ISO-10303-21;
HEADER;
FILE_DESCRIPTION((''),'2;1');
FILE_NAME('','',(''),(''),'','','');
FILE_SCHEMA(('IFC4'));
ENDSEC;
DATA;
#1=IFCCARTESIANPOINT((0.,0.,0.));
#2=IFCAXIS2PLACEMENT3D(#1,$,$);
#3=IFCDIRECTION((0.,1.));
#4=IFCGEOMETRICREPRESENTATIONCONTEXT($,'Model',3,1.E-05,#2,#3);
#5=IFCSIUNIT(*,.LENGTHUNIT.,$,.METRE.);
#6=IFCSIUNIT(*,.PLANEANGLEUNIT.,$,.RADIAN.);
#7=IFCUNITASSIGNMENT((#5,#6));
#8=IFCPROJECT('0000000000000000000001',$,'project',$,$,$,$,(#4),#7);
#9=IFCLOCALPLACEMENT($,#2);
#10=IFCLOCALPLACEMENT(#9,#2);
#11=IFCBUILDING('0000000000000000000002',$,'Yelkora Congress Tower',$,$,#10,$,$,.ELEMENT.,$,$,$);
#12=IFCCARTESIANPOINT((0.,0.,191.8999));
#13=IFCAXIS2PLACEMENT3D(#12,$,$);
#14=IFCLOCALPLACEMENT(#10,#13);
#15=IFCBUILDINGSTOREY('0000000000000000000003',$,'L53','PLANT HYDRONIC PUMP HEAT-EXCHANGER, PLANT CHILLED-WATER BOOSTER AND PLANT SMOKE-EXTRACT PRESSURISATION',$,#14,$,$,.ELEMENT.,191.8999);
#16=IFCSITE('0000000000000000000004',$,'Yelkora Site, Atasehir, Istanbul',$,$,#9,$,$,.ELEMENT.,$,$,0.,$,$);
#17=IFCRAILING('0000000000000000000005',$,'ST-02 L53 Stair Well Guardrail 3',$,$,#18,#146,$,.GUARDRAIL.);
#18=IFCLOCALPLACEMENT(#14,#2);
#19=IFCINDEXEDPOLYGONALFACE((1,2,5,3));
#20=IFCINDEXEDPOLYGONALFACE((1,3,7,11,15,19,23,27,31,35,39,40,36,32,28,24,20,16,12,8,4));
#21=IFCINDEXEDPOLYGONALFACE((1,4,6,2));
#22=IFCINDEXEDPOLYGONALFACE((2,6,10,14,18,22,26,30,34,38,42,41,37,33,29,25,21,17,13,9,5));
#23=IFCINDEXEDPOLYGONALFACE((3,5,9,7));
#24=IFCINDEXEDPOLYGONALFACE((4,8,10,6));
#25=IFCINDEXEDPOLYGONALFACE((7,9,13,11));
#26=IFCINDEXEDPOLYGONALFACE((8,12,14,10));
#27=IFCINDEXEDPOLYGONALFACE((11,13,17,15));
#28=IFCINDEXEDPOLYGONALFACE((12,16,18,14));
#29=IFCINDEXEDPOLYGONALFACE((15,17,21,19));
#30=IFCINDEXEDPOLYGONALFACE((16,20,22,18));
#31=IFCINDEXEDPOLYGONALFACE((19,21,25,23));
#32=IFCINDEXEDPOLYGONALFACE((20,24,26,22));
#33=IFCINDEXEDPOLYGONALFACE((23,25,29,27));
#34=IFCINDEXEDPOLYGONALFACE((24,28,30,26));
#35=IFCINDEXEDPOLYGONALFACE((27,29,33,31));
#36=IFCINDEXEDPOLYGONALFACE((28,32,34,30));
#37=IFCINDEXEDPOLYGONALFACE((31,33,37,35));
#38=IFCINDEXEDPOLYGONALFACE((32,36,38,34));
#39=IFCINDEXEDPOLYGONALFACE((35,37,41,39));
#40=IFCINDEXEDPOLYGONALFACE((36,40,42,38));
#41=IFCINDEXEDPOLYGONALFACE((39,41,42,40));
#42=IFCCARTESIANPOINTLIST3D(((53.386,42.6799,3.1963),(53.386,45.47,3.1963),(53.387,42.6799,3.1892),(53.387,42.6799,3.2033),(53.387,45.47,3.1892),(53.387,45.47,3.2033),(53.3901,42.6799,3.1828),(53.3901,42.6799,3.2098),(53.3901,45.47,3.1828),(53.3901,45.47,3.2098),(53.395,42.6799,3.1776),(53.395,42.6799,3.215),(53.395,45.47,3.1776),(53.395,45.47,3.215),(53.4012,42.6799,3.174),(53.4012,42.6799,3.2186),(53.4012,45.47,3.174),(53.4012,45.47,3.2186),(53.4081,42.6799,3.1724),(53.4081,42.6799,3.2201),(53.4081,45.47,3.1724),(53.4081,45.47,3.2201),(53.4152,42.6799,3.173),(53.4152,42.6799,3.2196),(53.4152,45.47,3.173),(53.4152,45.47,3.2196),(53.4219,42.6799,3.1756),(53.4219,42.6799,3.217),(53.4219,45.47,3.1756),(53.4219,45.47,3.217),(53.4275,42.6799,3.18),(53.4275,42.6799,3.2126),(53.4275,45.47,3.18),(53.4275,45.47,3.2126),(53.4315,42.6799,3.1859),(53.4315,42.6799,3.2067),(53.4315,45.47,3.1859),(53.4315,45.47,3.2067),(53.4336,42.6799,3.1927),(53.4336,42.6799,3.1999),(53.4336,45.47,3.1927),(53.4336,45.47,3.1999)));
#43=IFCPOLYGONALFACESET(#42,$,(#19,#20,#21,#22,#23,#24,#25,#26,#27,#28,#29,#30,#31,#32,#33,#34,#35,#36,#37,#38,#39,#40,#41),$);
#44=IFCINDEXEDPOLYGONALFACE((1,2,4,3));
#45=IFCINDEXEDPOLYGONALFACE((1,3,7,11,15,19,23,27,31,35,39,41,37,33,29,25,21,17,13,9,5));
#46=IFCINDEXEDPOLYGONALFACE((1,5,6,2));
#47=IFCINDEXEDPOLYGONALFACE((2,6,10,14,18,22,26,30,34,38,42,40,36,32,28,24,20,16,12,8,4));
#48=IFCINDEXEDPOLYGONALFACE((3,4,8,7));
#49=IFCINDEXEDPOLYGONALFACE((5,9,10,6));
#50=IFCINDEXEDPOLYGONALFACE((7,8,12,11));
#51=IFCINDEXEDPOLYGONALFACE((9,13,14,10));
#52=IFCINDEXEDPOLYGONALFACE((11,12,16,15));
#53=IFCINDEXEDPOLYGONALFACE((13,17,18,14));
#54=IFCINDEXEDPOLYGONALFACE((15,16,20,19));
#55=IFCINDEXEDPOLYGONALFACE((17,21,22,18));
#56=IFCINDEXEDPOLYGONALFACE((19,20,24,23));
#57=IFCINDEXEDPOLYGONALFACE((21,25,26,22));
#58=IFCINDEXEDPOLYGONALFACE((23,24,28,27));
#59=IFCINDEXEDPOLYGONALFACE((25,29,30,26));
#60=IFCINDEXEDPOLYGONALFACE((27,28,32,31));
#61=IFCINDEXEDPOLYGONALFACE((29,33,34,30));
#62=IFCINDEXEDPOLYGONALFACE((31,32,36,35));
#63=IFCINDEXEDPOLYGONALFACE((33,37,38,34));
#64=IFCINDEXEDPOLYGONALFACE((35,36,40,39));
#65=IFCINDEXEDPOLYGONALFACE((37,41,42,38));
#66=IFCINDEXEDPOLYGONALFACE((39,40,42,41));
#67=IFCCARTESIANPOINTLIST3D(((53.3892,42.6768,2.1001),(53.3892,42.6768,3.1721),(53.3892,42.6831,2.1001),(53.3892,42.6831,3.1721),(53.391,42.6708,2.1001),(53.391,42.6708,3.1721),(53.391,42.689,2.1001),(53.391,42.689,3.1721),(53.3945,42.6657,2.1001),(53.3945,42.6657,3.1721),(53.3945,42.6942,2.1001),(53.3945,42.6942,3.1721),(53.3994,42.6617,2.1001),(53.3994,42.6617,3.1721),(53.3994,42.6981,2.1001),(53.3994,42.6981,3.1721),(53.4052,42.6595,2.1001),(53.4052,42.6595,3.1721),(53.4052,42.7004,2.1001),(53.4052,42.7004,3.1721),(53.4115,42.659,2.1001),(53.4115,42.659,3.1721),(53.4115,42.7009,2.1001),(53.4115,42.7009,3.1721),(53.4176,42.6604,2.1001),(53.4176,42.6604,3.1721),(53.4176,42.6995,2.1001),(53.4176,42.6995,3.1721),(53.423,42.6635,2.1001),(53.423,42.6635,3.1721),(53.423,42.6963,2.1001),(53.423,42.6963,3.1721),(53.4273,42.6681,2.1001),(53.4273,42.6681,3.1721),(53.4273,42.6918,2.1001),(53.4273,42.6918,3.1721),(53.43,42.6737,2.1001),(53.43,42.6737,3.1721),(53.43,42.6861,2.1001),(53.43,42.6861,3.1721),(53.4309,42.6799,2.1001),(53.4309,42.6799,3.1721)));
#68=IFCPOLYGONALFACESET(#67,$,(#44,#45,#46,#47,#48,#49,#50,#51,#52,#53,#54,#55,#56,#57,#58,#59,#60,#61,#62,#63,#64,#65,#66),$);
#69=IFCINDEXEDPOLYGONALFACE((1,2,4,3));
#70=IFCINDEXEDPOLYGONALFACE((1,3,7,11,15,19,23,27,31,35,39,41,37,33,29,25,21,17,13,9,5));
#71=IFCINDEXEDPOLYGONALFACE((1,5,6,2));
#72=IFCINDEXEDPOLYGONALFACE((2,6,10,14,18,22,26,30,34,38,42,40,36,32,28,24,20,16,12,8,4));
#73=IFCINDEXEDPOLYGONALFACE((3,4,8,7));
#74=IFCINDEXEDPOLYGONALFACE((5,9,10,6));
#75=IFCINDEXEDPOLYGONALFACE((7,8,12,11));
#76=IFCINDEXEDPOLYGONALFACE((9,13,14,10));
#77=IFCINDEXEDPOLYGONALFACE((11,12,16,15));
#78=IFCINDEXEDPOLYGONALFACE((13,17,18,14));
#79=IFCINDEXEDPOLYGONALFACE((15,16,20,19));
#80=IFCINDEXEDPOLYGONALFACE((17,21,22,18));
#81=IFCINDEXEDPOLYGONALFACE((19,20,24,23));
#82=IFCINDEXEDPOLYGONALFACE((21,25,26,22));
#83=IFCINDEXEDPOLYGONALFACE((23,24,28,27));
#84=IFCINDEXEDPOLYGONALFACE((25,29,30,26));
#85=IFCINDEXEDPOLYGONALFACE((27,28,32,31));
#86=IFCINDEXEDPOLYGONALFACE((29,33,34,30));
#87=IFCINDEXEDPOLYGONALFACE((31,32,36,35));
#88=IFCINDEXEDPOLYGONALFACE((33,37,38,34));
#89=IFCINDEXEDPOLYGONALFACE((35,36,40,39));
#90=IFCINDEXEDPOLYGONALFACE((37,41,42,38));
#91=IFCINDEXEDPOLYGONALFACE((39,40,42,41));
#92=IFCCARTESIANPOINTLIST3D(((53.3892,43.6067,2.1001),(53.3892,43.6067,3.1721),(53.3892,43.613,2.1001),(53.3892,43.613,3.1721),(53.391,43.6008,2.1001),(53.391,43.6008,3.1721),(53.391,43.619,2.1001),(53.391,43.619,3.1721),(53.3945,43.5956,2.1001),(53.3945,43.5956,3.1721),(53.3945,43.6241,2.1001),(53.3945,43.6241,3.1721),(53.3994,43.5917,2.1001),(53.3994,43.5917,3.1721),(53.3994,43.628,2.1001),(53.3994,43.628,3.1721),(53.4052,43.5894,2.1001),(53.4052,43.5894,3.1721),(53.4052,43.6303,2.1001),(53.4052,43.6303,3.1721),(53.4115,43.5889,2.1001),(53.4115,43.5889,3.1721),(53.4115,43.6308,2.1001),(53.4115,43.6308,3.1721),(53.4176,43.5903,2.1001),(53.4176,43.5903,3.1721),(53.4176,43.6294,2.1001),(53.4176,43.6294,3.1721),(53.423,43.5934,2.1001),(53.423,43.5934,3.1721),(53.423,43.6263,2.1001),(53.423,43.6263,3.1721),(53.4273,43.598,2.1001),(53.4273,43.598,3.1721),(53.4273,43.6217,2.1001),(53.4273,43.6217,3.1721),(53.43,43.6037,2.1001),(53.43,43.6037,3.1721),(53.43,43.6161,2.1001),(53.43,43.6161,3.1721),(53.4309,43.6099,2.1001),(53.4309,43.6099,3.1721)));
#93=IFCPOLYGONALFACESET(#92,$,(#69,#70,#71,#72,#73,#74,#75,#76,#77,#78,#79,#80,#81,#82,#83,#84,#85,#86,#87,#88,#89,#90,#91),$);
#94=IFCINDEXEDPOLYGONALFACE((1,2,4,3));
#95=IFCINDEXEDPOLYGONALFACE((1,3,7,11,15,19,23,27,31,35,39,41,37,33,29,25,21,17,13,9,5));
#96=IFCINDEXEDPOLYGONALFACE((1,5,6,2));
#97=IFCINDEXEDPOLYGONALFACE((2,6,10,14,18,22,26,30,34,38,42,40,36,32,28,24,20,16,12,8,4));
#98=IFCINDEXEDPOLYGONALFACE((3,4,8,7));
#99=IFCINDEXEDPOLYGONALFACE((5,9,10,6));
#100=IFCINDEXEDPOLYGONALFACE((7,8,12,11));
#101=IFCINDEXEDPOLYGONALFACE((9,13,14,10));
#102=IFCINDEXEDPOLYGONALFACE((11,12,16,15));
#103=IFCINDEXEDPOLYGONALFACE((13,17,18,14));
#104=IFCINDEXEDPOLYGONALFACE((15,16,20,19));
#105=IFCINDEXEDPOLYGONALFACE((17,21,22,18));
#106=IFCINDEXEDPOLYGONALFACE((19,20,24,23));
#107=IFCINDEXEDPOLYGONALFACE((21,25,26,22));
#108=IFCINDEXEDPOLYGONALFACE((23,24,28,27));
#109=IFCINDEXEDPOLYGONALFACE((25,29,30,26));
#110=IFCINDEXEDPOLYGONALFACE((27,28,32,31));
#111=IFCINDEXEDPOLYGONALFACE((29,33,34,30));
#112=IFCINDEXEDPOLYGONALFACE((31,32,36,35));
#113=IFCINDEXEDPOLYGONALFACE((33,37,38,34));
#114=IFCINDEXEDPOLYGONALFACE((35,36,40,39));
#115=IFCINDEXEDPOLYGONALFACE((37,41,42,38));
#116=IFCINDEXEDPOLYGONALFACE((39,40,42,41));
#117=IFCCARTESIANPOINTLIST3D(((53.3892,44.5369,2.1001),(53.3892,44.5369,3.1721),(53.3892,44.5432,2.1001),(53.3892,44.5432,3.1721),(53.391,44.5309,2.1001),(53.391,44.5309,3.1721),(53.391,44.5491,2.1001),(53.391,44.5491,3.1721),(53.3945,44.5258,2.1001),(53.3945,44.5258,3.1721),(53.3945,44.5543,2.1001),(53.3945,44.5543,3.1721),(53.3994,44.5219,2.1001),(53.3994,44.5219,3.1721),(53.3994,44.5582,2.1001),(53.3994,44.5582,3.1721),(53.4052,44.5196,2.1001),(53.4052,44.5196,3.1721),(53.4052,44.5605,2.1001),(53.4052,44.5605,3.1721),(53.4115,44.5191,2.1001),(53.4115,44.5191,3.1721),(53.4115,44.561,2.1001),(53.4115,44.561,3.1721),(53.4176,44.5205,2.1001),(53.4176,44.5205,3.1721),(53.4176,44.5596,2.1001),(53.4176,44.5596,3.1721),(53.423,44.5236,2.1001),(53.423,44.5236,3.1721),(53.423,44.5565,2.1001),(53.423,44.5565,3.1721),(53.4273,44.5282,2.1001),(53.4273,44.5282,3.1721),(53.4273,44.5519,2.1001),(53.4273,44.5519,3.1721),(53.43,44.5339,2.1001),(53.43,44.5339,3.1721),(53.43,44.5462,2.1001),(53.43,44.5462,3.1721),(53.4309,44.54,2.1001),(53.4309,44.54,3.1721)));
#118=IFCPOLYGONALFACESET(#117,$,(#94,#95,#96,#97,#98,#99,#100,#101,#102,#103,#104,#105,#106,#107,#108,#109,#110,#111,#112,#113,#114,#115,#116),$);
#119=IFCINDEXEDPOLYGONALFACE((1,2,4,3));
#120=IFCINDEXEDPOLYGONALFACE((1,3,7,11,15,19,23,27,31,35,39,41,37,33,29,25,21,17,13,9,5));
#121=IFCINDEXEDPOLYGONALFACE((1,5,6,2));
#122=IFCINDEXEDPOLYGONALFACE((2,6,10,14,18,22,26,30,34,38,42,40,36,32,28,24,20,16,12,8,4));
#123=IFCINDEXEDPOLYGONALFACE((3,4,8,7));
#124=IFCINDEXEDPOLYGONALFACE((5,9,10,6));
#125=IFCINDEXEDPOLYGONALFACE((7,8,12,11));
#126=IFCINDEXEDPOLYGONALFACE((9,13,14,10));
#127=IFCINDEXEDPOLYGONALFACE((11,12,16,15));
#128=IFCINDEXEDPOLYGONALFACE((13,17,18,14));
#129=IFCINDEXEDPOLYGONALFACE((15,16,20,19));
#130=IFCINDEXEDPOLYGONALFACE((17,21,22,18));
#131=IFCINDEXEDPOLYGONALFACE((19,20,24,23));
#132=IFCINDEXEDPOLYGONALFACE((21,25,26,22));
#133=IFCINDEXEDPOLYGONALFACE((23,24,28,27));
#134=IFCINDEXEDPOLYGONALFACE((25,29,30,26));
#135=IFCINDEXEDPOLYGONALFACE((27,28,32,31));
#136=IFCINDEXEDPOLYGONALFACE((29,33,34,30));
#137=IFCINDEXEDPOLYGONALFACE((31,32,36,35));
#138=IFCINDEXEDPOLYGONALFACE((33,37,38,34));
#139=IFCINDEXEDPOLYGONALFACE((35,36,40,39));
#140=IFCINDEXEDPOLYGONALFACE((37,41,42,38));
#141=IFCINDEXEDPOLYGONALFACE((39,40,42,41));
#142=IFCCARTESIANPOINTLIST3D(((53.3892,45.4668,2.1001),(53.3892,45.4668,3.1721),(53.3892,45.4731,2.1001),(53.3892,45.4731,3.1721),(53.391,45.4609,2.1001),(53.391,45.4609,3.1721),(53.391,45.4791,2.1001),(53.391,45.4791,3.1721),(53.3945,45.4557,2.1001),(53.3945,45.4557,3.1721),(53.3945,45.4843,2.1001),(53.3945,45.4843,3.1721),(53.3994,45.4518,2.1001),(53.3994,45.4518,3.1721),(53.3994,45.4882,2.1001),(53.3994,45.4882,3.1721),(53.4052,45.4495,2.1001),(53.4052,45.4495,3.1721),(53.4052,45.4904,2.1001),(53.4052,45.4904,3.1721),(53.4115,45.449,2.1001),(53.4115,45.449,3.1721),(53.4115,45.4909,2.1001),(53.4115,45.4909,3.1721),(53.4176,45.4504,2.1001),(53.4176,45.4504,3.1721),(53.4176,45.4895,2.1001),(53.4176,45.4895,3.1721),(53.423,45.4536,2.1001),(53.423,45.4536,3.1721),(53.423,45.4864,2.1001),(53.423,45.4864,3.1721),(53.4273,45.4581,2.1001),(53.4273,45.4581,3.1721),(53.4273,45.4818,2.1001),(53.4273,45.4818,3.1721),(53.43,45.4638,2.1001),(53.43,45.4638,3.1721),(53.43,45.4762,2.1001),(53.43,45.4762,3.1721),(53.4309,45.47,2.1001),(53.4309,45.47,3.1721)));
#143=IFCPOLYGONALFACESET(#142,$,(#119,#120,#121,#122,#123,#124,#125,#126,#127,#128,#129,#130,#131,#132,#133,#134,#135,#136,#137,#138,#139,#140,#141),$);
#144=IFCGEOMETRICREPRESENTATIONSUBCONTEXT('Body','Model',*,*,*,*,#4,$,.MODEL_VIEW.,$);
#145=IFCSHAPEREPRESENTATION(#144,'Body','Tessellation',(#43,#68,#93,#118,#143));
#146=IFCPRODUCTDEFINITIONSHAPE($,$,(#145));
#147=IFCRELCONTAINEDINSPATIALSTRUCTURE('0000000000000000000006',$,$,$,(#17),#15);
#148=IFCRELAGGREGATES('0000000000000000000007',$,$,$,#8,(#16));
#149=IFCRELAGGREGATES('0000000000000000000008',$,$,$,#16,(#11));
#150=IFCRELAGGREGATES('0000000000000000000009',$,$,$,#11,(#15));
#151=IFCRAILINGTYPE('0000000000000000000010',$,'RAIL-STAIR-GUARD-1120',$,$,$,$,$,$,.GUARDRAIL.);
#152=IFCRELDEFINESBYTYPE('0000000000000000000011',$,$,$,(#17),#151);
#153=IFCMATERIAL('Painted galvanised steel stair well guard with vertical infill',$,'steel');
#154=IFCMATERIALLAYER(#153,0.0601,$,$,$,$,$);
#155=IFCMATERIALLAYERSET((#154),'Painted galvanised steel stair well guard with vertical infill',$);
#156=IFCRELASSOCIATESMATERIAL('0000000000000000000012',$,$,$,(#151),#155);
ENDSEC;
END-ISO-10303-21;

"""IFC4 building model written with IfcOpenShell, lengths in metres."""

from ifc_helpers import new_model, si_unit, direction, frame, origin, origin_2d, place, context, subcontext, project, spatial, circle, extrude, material, layer, layer_set, type_object, element, save


model = new_model("IFC4")

# Units and contexts
model_context = context("Model", 3, precision=1e-05, world=origin(), true_north=direction((0.0, 1.0)))
body_context = subcontext(model_context, "Body", "Model", "MODEL_VIEW")
ifc_project = project(units=[si_unit("LENGTHUNIT", "METRE"), si_unit("PLANEANGLEUNIT", "RADIAN")], contexts=[model_context])

# Site, building, storey
site_placement = place(None, origin())
site = spatial("IfcSite", under=ifc_project, at=site_placement, Name="Yelkora Site, Atasehir, Istanbul", CompositionType="ELEMENT", RefElevation=0.0)
building_placement = place(site_placement, origin())
building = spatial("IfcBuilding", under=site, at=building_placement, Name="Yelkora Congress Tower", CompositionType="ELEMENT")
storey_placement = place(building_placement, frame((0.0, 0.0, 191.8999)))
storey = spatial("IfcBuildingStorey", under=building, at=storey_placement, Name="L53", Description="PLANT HYDRONIC PUMP HEAT-EXCHANGER, PLANT CHILLED-WATER BOOSTER AND PLANT SMOKE-EXTRACT PRESSURISATION", CompositionType="ELEMENT", Elevation=191.8999)

# Railing
ifc_material_1 = material(Name="Painted galvanised steel stair well guard with vertical infill", Category="steel")
ifc_layer_1 = layer(ifc_material_1, 0.0601)
ifc_layer_set_1 = layer_set([ifc_layer_1], Name="Painted galvanised steel stair well guard with vertical infill")
railing_type_1 = type_object("IfcRailingType", Name="RAIL-STAIR-GUARD-1120", PredefinedType="GUARDRAIL", material=ifc_layer_set_1)
for number, where, name in (
    (1, (53.4099, 42.6799, 2.1001), "ST-02 L53 Stair Well Guardrail 3"),
):
    element("IfcRailing", number, at=place(storey_placement, frame(where)), inside=storey, type_object=railing_type_1, Name=name, PredefinedType="GUARDRAIL", context=body_context, shape_type="SweptSolid", body=[
        extrude(circle(Radius=0.0239, at=origin_2d()), frame((0.0, 0.0, 1.0962), z_axis=(0.0, 1.0, 0.0), x_axis=(-1.0, 0.0, 0.0)), (0.0, 0.0, 1.0), 2.79),
        extrude(circle(Radius=0.021, at=origin_2d()), origin(), (0.0, 0.0, 1.0), 1.072),
        extrude(circle(Radius=0.021, at=origin_2d()), frame((0.0, 0.9299, 0.0)), (0.0, 0.0, 1.0), 1.072),
        extrude(circle(Radius=0.021, at=origin_2d()), frame((0.0, 1.8601, 0.0)), (0.0, 0.0, 1.0), 1.072),
        extrude(circle(Radius=0.021, at=origin_2d()), frame((0.0, 2.79, 0.0)), (0.0, 0.0, 1.0), 1.072),
    ])

save(model, "model.ifc")
